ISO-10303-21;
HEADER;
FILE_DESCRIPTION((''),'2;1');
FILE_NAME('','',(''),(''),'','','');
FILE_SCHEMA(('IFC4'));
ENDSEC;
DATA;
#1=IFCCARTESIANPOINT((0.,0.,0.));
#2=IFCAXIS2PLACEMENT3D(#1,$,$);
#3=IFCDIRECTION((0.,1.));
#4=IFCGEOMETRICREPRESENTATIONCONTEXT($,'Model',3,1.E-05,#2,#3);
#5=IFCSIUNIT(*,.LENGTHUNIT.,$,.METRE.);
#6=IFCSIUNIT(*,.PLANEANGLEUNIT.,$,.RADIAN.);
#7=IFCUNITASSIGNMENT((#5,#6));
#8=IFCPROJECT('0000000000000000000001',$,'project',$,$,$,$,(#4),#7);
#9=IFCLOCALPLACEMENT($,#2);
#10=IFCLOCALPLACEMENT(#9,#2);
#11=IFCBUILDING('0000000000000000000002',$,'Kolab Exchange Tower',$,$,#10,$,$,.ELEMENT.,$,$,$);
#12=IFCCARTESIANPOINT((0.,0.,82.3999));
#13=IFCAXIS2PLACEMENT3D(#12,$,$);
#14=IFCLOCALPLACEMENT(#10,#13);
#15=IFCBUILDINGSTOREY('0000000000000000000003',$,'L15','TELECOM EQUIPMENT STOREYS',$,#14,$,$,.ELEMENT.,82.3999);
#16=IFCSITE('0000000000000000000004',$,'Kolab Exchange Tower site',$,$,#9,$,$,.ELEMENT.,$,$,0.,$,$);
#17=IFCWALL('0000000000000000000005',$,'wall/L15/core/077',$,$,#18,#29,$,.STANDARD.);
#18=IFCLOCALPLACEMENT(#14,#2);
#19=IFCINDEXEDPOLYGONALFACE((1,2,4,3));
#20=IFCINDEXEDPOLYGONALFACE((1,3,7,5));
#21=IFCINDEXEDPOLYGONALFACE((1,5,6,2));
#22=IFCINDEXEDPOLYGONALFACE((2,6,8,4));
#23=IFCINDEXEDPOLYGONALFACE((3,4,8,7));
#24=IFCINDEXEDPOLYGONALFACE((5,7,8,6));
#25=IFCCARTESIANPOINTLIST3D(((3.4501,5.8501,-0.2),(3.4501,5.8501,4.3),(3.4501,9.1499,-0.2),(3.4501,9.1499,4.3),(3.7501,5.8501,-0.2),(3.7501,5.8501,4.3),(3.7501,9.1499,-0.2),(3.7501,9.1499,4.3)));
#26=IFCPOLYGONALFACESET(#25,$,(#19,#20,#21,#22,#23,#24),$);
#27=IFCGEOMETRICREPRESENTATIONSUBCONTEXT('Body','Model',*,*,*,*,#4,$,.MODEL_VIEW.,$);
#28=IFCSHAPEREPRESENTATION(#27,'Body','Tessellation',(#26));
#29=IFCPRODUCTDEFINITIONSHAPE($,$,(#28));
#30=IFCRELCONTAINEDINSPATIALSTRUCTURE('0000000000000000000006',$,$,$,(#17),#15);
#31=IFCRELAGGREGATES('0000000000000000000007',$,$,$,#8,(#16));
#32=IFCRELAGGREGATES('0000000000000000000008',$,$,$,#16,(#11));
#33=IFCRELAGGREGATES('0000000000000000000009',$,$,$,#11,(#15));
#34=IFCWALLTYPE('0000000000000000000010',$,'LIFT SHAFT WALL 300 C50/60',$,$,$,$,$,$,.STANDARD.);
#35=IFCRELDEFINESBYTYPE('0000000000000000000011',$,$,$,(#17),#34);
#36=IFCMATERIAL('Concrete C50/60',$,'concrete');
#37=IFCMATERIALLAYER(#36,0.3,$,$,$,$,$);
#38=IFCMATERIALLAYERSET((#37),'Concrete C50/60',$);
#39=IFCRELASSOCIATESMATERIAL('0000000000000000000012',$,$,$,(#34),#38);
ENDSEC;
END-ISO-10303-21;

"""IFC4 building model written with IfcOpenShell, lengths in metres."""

from ifc_helpers import new_model, si_unit, direction, frame, frame_2d, origin, place, context, subcontext, project, spatial, rectangle, extrude, material, layer, layer_set, type_object, element, save


model = new_model("IFC4")

# Units and contexts
model_context = context("Model", 3, precision=1e-05, world=origin(), true_north=direction((0.0, 1.0)))
body_context = subcontext(model_context, "Body", "Model", "MODEL_VIEW")
ifc_project = project(units=[si_unit("LENGTHUNIT", "METRE"), si_unit("PLANEANGLEUNIT", "RADIAN")], contexts=[model_context])

# Site, building, storey
site_placement = place(None, origin())
site = spatial("IfcSite", under=ifc_project, at=site_placement, Name="Kolab Exchange Tower site", CompositionType="ELEMENT", RefElevation=0.0)
building_placement = place(site_placement, origin())
building = spatial("IfcBuilding", under=site, at=building_placement, Name="Kolab Exchange Tower", CompositionType="ELEMENT")
storey_placement = place(building_placement, frame((0.0, 0.0, 82.3999)))
storey = spatial("IfcBuildingStorey", under=building, at=storey_placement, Name="L15", Description="TELECOM EQUIPMENT STOREYS", CompositionType="ELEMENT", Elevation=82.3999)

# Shared definitions
ifc_material_1 = material(Name="Concrete C50/60", Category="concrete")

# Shared definitions
ifc_layer_1 = layer(ifc_material_1, 0.3)
ifc_layer_set_1 = layer_set([ifc_layer_1], Name="Concrete C50/60")
wall_type = type_object("IfcWallType", Name="LIFT SHAFT WALL 300 C50/60", PredefinedType="STANDARD", material=ifc_layer_set_1)

# Wall
for number, where, z_axis, x_axis, name in (
    (1, (3.6001, 5.8501, -0.2), (0.0, 0.0, 1.0), (0.0, 1.0, 0.0), "wall/L15/core/077"),
):
    element("IfcWall", number, at=place(storey_placement, frame(where, z_axis=z_axis, x_axis=x_axis)), inside=storey, type_object=wall_type, Name=name, PredefinedType="STANDARD", context=body_context, shape_type="SweptSolid", body=[
        extrude(rectangle(XDim=3.2998, YDim=0.3, at=frame_2d((1.6499, 0.0))), origin(), (0.0, 0.0, 1.0), 4.5),
    ])

save(model, "model.ifc")
